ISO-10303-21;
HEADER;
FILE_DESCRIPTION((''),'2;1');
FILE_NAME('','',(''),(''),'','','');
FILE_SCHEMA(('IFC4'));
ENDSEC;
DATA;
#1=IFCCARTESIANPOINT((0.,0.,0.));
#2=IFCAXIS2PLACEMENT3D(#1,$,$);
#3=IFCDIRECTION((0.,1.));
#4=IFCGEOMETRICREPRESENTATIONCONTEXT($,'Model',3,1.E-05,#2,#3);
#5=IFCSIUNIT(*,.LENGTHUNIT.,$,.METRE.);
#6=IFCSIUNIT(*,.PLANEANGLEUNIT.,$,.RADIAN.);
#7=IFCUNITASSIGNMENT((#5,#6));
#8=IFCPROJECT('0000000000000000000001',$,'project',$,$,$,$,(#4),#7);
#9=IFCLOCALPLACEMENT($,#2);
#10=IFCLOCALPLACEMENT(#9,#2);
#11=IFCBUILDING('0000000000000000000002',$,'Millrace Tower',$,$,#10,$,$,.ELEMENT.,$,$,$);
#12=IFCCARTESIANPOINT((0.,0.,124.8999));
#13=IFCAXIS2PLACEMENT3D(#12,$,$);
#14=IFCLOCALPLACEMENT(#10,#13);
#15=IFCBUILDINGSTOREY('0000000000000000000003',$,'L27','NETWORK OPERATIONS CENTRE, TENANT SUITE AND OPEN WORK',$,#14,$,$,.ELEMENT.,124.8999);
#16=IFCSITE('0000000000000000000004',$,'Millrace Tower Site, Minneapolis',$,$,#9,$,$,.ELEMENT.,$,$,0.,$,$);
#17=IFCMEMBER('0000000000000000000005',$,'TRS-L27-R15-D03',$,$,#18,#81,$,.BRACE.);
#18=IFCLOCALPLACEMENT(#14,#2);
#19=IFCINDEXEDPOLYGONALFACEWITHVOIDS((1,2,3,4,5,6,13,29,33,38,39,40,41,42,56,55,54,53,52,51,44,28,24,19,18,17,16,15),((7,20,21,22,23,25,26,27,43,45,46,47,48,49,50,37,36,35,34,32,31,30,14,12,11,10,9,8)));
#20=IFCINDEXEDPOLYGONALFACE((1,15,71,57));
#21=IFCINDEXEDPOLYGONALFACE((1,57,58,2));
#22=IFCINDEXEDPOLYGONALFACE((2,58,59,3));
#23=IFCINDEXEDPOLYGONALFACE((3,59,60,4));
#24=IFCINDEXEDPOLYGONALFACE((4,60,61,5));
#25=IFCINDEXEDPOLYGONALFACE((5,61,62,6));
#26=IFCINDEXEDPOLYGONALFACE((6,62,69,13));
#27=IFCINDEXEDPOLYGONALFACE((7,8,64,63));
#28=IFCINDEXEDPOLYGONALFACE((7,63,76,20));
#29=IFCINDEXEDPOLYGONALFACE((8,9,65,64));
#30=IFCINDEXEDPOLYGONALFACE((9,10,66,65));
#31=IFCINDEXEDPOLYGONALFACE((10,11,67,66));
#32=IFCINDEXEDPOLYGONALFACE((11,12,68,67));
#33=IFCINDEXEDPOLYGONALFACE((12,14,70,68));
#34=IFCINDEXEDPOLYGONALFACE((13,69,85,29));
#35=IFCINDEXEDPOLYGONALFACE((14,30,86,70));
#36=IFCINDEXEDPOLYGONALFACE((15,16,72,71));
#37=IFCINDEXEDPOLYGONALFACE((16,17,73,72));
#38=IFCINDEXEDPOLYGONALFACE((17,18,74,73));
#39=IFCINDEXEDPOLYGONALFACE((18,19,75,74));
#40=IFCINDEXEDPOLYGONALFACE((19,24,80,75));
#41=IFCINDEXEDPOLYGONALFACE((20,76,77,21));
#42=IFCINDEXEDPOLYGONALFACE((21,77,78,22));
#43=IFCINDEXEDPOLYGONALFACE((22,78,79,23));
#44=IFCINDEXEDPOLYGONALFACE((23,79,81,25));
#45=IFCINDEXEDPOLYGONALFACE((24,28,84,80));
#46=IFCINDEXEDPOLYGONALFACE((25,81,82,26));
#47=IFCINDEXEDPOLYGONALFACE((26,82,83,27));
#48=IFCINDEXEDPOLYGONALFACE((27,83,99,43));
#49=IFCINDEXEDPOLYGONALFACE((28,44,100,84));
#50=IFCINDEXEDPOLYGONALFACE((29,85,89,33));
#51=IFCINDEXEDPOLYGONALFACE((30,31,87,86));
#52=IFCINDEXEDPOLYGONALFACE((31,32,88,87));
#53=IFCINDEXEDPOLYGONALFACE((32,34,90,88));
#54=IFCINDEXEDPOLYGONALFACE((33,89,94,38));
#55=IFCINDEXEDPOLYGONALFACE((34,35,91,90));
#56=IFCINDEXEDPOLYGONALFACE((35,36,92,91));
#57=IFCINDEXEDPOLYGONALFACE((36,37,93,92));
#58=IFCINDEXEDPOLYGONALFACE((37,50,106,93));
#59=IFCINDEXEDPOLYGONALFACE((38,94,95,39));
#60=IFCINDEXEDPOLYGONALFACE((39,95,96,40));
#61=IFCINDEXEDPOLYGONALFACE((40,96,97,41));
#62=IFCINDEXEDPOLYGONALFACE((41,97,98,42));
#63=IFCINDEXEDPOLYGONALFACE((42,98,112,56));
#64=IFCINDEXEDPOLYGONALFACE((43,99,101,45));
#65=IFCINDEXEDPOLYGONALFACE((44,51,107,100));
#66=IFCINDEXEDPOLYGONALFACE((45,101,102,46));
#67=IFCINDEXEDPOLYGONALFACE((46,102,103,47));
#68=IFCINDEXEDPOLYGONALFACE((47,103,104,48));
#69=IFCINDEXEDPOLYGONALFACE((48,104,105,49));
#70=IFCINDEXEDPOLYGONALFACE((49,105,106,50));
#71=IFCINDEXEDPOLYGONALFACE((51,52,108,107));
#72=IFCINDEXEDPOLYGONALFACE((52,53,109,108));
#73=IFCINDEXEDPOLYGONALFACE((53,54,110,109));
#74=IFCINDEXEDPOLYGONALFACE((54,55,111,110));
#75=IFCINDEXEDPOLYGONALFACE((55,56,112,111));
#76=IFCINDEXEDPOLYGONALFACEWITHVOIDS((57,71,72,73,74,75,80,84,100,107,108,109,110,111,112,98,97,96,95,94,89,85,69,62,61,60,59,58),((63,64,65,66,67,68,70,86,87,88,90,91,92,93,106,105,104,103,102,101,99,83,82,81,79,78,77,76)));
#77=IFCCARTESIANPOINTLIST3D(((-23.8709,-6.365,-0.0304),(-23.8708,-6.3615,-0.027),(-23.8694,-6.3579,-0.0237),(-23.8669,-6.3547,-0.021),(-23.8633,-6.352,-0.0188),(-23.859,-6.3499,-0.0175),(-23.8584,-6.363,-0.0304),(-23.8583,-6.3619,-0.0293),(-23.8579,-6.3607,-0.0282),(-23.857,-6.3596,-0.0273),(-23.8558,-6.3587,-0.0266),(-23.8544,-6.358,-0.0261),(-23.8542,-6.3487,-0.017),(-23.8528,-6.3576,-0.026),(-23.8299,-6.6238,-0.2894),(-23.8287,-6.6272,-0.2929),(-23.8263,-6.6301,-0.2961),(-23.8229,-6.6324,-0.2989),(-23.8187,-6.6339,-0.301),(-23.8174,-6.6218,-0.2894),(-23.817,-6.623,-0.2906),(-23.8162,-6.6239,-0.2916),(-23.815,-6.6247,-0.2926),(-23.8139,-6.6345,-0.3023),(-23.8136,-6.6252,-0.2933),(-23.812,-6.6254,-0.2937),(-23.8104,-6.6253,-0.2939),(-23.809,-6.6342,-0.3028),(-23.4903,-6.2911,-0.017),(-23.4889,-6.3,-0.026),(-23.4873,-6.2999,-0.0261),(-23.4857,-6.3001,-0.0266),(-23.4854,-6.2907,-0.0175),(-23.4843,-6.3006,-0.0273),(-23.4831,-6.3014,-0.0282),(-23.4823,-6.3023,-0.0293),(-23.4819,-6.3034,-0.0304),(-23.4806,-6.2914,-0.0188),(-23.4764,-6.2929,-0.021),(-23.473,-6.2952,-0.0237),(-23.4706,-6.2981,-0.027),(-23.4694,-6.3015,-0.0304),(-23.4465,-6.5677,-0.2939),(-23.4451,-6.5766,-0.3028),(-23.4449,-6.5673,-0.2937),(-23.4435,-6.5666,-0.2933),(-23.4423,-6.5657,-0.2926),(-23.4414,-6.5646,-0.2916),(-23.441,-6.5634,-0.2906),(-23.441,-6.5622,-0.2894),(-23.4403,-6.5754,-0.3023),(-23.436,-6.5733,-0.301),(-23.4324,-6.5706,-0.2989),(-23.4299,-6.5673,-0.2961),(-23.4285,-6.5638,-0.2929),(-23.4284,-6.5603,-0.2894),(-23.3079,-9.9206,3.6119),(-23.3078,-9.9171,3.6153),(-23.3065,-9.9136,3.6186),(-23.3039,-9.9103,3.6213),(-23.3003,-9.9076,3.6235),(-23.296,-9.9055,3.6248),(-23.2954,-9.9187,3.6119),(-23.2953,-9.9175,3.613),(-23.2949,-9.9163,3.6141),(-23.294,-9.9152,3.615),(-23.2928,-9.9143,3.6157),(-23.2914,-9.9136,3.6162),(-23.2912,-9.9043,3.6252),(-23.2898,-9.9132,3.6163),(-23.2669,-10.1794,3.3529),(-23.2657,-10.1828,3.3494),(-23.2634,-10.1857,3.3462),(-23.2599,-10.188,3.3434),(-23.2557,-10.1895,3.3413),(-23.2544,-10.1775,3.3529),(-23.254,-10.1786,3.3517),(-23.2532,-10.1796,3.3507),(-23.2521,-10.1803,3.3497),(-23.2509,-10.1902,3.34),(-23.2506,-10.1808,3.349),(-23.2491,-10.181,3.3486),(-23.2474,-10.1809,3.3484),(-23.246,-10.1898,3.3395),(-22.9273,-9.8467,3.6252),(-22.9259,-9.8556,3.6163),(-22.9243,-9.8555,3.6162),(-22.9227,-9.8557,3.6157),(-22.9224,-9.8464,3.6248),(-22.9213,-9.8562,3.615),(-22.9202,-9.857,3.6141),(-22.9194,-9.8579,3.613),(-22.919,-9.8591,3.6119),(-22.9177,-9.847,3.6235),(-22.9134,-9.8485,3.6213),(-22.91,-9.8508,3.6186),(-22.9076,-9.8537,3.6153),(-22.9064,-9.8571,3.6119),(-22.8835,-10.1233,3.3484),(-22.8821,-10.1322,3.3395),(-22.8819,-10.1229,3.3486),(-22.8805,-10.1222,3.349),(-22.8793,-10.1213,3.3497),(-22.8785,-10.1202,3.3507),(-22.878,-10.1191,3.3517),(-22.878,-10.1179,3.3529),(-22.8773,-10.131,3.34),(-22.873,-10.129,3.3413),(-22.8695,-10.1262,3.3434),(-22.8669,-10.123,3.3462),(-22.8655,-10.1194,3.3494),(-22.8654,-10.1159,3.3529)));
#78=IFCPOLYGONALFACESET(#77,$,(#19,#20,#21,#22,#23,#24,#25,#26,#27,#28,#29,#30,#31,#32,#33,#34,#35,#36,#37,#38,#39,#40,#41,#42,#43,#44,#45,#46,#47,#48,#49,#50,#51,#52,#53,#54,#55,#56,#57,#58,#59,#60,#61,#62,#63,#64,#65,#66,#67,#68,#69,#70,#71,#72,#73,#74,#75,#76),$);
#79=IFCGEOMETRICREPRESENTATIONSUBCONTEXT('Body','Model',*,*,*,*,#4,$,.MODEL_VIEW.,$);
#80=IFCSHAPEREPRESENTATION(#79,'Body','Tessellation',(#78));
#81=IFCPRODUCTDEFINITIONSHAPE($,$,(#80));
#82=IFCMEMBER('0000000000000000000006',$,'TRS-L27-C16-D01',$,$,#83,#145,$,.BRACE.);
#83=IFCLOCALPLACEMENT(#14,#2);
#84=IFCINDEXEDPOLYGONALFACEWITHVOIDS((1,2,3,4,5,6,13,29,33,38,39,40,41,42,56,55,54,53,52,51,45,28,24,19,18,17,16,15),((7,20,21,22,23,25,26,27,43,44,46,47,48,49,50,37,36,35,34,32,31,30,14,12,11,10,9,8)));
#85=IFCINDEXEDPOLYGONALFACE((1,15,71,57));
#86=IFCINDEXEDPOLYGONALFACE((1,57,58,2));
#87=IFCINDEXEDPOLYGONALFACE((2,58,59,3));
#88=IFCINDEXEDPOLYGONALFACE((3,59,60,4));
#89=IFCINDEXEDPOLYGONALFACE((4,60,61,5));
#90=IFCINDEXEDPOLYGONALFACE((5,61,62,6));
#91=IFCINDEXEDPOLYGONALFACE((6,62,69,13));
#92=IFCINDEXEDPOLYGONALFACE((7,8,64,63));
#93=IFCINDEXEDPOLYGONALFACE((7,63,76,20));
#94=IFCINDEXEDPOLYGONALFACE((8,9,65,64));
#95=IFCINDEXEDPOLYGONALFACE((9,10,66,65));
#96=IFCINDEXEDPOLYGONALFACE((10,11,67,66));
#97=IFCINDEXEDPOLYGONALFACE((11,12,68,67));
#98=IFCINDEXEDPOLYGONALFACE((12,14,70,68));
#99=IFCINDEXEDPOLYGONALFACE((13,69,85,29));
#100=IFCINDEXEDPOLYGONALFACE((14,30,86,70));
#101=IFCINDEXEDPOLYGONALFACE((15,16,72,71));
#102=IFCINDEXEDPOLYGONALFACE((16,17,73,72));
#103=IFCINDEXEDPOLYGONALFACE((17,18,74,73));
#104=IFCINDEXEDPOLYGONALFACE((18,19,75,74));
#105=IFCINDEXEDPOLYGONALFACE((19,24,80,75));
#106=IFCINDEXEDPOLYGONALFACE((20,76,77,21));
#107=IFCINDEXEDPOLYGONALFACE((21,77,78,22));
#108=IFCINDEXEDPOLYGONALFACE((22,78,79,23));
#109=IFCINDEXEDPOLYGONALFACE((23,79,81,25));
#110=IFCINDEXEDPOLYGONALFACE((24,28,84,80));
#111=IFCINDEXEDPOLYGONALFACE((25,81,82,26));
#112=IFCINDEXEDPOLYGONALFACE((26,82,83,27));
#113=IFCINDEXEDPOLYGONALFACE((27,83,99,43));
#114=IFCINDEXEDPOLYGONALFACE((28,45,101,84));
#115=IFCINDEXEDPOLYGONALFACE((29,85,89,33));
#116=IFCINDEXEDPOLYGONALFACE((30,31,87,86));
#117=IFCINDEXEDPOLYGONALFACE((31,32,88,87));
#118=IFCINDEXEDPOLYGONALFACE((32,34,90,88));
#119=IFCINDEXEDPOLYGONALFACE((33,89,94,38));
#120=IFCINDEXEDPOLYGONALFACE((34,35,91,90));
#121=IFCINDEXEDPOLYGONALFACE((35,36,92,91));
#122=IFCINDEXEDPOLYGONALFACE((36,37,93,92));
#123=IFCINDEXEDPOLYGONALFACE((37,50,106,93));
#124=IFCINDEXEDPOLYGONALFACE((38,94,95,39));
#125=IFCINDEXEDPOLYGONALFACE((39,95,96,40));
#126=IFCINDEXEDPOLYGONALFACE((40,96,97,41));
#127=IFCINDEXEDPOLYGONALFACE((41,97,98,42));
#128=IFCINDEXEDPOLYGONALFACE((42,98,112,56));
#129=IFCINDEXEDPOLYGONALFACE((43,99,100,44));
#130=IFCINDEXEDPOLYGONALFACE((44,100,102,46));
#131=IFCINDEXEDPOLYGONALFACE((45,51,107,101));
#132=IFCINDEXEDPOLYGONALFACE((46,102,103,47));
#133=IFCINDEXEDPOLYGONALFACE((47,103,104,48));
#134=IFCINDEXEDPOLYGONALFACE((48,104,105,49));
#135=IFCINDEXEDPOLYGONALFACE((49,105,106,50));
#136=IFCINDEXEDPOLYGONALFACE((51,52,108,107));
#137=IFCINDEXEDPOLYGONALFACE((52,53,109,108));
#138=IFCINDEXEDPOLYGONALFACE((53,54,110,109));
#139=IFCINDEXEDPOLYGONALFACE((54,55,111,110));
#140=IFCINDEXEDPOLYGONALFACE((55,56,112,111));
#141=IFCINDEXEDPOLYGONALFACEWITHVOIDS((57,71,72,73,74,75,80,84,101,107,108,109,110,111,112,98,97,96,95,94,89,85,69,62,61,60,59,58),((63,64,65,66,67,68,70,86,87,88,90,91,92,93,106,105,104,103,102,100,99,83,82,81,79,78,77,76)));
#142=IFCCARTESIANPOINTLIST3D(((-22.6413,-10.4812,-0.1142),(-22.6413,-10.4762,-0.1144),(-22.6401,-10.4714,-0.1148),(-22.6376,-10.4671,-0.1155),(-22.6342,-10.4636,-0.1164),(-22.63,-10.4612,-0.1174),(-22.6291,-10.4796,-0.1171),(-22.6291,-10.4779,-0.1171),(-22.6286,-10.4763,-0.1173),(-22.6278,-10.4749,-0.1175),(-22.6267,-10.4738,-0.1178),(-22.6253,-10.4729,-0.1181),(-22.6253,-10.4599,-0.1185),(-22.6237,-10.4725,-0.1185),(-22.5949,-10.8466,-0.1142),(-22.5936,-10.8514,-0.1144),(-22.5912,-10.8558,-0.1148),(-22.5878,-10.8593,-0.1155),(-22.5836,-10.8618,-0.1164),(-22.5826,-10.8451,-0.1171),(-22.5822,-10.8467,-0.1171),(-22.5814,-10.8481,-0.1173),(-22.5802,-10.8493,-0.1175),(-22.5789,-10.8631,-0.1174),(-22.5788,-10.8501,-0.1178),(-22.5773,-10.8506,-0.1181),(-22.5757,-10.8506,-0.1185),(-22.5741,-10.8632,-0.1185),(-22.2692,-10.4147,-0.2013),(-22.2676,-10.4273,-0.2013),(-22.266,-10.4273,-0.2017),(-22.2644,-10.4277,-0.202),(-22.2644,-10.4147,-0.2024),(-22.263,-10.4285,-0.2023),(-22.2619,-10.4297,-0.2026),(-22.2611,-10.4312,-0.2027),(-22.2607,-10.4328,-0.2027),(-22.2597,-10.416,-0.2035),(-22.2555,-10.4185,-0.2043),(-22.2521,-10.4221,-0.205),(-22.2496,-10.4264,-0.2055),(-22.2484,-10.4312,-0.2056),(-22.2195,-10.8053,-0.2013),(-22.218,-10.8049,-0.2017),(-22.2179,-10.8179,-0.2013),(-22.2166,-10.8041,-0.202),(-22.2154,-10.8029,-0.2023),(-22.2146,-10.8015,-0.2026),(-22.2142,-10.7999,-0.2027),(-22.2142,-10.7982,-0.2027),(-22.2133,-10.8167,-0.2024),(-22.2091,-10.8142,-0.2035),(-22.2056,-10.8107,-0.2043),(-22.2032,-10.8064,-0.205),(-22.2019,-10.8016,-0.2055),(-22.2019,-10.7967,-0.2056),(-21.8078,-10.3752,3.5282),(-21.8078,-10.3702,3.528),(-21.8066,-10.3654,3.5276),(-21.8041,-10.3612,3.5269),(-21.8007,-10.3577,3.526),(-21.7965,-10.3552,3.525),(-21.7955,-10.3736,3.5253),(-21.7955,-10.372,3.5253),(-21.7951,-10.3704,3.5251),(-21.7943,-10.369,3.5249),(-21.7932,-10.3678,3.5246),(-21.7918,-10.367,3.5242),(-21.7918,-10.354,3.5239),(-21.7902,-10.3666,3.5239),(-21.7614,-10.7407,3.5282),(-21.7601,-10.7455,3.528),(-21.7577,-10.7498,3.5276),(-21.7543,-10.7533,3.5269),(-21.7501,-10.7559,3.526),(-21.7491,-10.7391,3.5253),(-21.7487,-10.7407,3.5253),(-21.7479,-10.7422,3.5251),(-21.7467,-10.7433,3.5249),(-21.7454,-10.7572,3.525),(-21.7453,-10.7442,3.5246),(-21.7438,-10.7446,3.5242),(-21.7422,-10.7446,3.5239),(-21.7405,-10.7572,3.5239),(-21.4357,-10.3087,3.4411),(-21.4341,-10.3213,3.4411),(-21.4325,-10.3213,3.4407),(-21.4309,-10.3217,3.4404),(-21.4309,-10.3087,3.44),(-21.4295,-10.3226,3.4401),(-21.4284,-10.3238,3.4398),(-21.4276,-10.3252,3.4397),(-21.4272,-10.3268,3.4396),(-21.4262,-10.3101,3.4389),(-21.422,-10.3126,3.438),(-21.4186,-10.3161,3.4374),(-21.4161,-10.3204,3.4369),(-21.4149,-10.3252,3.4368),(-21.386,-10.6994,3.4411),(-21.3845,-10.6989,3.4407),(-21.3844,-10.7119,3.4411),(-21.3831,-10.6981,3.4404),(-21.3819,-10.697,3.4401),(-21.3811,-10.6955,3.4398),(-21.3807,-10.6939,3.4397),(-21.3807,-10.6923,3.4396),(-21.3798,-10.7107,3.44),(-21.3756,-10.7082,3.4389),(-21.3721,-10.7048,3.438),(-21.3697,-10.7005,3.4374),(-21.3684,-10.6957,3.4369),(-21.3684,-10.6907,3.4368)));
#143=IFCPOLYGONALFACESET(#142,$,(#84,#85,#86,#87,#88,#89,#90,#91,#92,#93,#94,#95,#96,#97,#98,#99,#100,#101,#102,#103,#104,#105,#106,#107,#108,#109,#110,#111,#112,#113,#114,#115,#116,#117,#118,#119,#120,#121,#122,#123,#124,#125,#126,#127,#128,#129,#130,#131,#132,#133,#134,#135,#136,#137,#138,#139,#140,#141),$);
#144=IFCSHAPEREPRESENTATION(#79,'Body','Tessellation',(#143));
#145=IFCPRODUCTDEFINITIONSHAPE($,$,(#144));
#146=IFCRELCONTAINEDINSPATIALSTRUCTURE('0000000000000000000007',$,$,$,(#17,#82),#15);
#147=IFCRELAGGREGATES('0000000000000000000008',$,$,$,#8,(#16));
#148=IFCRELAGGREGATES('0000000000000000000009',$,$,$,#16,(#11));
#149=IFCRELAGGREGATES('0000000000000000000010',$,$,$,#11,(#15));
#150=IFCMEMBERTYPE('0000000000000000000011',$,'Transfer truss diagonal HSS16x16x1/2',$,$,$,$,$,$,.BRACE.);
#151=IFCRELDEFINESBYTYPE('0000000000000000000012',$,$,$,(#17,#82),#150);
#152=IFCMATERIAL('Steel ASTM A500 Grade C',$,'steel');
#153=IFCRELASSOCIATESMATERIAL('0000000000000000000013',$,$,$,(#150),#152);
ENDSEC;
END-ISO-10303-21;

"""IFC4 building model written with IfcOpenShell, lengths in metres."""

from ifc_helpers import new_model, si_unit, direction, frame, origin, origin_2d, place, context, subcontext, project, spatial, hollow_rectangle, extrude, material, material_profile, profile_set, type_object, element, save


model = new_model("IFC4")

# Units and contexts
model_context = context("Model", 3, precision=1e-05, world=origin(), true_north=direction((0.0, 1.0)))
body_context = subcontext(model_context, "Body", "Model", "MODEL_VIEW")
ifc_project = project(units=[si_unit("LENGTHUNIT", "METRE"), si_unit("PLANEANGLEUNIT", "RADIAN")], contexts=[model_context])

# Site, building, storey
site_placement = place(None, origin())
site = spatial("IfcSite", under=ifc_project, at=site_placement, Name="Millrace Tower Site, Minneapolis", CompositionType="ELEMENT", RefElevation=0.0)
building_placement = place(site_placement, origin())
building = spatial("IfcBuilding", under=site, at=building_placement, Name="Millrace Tower", CompositionType="ELEMENT")
storey_placement = place(building_placement, frame((0.0, 0.0, 124.8999)))
storey = spatial("IfcBuildingStorey", under=building, at=storey_placement, Name="L27", Description="NETWORK OPERATIONS CENTRE, TENANT SUITE AND OPEN WORK", CompositionType="ELEMENT", Elevation=124.8999)

# Members
ifc_material_1 = material(Name="Steel ASTM A500 Grade C", Category="steel")
ifc_material_profile_1 = material_profile(ifc_material_1, hollow_rectangle(XDim=0.4065, YDim=0.4065, WallThickness=0.0127, InnerFilletRadius=0.0063, OuterFilletRadius=0.019, at=origin_2d()))
ifc_profile_set_1 = profile_set([ifc_material_profile_1], Name="Steel ASTM A500 Grade C")
member_type_1 = type_object("IfcMemberType", Name="Transfer truss diagonal HSS16x16x1/2", PredefinedType="BRACE", material=ifc_profile_set_1)
member_1_placement = place(storey_placement, frame((-23.6497, -6.4626, -0.1599), z_axis=(0.109934, -0.694308, 0.711232), x_axis=(0.987696, 0.156387, 0.0)))
element("IfcMember", 1, at=member_1_placement, inside=storey, type_object=member_type_1, Name="TRS-L27-R15-D03", PredefinedType="BRACE", context=body_context, shape_type="SweptSolid", body=[
    extrude(hollow_rectangle(XDim=0.4065, YDim=0.4065, WallThickness=0.0127, InnerFilletRadius=0.0063, OuterFilletRadius=0.019, at=origin_2d()), origin(), (0.0, 0.0, 1.0), 5.1211),
])
member_2_placement = place(storey_placement, frame((-22.4216, -10.6389, -0.1599), z_axis=(0.22298, 0.028346, 0.974411), x_axis=(-0.126109, 0.992016, 0.0)))
element("IfcMember", 2, at=member_2_placement, inside=storey, type_object=member_type_1, Name="TRS-L27-C16-D01", PredefinedType="BRACE", context=body_context, shape_type="SweptSolid", body=[
    extrude(hollow_rectangle(XDim=0.4065, YDim=0.4065, WallThickness=0.0127, InnerFilletRadius=0.0063, OuterFilletRadius=0.019, at=origin_2d()), origin(), (0.0, 0.0, 1.0), 3.738),
])

save(model, "model.ifc")
